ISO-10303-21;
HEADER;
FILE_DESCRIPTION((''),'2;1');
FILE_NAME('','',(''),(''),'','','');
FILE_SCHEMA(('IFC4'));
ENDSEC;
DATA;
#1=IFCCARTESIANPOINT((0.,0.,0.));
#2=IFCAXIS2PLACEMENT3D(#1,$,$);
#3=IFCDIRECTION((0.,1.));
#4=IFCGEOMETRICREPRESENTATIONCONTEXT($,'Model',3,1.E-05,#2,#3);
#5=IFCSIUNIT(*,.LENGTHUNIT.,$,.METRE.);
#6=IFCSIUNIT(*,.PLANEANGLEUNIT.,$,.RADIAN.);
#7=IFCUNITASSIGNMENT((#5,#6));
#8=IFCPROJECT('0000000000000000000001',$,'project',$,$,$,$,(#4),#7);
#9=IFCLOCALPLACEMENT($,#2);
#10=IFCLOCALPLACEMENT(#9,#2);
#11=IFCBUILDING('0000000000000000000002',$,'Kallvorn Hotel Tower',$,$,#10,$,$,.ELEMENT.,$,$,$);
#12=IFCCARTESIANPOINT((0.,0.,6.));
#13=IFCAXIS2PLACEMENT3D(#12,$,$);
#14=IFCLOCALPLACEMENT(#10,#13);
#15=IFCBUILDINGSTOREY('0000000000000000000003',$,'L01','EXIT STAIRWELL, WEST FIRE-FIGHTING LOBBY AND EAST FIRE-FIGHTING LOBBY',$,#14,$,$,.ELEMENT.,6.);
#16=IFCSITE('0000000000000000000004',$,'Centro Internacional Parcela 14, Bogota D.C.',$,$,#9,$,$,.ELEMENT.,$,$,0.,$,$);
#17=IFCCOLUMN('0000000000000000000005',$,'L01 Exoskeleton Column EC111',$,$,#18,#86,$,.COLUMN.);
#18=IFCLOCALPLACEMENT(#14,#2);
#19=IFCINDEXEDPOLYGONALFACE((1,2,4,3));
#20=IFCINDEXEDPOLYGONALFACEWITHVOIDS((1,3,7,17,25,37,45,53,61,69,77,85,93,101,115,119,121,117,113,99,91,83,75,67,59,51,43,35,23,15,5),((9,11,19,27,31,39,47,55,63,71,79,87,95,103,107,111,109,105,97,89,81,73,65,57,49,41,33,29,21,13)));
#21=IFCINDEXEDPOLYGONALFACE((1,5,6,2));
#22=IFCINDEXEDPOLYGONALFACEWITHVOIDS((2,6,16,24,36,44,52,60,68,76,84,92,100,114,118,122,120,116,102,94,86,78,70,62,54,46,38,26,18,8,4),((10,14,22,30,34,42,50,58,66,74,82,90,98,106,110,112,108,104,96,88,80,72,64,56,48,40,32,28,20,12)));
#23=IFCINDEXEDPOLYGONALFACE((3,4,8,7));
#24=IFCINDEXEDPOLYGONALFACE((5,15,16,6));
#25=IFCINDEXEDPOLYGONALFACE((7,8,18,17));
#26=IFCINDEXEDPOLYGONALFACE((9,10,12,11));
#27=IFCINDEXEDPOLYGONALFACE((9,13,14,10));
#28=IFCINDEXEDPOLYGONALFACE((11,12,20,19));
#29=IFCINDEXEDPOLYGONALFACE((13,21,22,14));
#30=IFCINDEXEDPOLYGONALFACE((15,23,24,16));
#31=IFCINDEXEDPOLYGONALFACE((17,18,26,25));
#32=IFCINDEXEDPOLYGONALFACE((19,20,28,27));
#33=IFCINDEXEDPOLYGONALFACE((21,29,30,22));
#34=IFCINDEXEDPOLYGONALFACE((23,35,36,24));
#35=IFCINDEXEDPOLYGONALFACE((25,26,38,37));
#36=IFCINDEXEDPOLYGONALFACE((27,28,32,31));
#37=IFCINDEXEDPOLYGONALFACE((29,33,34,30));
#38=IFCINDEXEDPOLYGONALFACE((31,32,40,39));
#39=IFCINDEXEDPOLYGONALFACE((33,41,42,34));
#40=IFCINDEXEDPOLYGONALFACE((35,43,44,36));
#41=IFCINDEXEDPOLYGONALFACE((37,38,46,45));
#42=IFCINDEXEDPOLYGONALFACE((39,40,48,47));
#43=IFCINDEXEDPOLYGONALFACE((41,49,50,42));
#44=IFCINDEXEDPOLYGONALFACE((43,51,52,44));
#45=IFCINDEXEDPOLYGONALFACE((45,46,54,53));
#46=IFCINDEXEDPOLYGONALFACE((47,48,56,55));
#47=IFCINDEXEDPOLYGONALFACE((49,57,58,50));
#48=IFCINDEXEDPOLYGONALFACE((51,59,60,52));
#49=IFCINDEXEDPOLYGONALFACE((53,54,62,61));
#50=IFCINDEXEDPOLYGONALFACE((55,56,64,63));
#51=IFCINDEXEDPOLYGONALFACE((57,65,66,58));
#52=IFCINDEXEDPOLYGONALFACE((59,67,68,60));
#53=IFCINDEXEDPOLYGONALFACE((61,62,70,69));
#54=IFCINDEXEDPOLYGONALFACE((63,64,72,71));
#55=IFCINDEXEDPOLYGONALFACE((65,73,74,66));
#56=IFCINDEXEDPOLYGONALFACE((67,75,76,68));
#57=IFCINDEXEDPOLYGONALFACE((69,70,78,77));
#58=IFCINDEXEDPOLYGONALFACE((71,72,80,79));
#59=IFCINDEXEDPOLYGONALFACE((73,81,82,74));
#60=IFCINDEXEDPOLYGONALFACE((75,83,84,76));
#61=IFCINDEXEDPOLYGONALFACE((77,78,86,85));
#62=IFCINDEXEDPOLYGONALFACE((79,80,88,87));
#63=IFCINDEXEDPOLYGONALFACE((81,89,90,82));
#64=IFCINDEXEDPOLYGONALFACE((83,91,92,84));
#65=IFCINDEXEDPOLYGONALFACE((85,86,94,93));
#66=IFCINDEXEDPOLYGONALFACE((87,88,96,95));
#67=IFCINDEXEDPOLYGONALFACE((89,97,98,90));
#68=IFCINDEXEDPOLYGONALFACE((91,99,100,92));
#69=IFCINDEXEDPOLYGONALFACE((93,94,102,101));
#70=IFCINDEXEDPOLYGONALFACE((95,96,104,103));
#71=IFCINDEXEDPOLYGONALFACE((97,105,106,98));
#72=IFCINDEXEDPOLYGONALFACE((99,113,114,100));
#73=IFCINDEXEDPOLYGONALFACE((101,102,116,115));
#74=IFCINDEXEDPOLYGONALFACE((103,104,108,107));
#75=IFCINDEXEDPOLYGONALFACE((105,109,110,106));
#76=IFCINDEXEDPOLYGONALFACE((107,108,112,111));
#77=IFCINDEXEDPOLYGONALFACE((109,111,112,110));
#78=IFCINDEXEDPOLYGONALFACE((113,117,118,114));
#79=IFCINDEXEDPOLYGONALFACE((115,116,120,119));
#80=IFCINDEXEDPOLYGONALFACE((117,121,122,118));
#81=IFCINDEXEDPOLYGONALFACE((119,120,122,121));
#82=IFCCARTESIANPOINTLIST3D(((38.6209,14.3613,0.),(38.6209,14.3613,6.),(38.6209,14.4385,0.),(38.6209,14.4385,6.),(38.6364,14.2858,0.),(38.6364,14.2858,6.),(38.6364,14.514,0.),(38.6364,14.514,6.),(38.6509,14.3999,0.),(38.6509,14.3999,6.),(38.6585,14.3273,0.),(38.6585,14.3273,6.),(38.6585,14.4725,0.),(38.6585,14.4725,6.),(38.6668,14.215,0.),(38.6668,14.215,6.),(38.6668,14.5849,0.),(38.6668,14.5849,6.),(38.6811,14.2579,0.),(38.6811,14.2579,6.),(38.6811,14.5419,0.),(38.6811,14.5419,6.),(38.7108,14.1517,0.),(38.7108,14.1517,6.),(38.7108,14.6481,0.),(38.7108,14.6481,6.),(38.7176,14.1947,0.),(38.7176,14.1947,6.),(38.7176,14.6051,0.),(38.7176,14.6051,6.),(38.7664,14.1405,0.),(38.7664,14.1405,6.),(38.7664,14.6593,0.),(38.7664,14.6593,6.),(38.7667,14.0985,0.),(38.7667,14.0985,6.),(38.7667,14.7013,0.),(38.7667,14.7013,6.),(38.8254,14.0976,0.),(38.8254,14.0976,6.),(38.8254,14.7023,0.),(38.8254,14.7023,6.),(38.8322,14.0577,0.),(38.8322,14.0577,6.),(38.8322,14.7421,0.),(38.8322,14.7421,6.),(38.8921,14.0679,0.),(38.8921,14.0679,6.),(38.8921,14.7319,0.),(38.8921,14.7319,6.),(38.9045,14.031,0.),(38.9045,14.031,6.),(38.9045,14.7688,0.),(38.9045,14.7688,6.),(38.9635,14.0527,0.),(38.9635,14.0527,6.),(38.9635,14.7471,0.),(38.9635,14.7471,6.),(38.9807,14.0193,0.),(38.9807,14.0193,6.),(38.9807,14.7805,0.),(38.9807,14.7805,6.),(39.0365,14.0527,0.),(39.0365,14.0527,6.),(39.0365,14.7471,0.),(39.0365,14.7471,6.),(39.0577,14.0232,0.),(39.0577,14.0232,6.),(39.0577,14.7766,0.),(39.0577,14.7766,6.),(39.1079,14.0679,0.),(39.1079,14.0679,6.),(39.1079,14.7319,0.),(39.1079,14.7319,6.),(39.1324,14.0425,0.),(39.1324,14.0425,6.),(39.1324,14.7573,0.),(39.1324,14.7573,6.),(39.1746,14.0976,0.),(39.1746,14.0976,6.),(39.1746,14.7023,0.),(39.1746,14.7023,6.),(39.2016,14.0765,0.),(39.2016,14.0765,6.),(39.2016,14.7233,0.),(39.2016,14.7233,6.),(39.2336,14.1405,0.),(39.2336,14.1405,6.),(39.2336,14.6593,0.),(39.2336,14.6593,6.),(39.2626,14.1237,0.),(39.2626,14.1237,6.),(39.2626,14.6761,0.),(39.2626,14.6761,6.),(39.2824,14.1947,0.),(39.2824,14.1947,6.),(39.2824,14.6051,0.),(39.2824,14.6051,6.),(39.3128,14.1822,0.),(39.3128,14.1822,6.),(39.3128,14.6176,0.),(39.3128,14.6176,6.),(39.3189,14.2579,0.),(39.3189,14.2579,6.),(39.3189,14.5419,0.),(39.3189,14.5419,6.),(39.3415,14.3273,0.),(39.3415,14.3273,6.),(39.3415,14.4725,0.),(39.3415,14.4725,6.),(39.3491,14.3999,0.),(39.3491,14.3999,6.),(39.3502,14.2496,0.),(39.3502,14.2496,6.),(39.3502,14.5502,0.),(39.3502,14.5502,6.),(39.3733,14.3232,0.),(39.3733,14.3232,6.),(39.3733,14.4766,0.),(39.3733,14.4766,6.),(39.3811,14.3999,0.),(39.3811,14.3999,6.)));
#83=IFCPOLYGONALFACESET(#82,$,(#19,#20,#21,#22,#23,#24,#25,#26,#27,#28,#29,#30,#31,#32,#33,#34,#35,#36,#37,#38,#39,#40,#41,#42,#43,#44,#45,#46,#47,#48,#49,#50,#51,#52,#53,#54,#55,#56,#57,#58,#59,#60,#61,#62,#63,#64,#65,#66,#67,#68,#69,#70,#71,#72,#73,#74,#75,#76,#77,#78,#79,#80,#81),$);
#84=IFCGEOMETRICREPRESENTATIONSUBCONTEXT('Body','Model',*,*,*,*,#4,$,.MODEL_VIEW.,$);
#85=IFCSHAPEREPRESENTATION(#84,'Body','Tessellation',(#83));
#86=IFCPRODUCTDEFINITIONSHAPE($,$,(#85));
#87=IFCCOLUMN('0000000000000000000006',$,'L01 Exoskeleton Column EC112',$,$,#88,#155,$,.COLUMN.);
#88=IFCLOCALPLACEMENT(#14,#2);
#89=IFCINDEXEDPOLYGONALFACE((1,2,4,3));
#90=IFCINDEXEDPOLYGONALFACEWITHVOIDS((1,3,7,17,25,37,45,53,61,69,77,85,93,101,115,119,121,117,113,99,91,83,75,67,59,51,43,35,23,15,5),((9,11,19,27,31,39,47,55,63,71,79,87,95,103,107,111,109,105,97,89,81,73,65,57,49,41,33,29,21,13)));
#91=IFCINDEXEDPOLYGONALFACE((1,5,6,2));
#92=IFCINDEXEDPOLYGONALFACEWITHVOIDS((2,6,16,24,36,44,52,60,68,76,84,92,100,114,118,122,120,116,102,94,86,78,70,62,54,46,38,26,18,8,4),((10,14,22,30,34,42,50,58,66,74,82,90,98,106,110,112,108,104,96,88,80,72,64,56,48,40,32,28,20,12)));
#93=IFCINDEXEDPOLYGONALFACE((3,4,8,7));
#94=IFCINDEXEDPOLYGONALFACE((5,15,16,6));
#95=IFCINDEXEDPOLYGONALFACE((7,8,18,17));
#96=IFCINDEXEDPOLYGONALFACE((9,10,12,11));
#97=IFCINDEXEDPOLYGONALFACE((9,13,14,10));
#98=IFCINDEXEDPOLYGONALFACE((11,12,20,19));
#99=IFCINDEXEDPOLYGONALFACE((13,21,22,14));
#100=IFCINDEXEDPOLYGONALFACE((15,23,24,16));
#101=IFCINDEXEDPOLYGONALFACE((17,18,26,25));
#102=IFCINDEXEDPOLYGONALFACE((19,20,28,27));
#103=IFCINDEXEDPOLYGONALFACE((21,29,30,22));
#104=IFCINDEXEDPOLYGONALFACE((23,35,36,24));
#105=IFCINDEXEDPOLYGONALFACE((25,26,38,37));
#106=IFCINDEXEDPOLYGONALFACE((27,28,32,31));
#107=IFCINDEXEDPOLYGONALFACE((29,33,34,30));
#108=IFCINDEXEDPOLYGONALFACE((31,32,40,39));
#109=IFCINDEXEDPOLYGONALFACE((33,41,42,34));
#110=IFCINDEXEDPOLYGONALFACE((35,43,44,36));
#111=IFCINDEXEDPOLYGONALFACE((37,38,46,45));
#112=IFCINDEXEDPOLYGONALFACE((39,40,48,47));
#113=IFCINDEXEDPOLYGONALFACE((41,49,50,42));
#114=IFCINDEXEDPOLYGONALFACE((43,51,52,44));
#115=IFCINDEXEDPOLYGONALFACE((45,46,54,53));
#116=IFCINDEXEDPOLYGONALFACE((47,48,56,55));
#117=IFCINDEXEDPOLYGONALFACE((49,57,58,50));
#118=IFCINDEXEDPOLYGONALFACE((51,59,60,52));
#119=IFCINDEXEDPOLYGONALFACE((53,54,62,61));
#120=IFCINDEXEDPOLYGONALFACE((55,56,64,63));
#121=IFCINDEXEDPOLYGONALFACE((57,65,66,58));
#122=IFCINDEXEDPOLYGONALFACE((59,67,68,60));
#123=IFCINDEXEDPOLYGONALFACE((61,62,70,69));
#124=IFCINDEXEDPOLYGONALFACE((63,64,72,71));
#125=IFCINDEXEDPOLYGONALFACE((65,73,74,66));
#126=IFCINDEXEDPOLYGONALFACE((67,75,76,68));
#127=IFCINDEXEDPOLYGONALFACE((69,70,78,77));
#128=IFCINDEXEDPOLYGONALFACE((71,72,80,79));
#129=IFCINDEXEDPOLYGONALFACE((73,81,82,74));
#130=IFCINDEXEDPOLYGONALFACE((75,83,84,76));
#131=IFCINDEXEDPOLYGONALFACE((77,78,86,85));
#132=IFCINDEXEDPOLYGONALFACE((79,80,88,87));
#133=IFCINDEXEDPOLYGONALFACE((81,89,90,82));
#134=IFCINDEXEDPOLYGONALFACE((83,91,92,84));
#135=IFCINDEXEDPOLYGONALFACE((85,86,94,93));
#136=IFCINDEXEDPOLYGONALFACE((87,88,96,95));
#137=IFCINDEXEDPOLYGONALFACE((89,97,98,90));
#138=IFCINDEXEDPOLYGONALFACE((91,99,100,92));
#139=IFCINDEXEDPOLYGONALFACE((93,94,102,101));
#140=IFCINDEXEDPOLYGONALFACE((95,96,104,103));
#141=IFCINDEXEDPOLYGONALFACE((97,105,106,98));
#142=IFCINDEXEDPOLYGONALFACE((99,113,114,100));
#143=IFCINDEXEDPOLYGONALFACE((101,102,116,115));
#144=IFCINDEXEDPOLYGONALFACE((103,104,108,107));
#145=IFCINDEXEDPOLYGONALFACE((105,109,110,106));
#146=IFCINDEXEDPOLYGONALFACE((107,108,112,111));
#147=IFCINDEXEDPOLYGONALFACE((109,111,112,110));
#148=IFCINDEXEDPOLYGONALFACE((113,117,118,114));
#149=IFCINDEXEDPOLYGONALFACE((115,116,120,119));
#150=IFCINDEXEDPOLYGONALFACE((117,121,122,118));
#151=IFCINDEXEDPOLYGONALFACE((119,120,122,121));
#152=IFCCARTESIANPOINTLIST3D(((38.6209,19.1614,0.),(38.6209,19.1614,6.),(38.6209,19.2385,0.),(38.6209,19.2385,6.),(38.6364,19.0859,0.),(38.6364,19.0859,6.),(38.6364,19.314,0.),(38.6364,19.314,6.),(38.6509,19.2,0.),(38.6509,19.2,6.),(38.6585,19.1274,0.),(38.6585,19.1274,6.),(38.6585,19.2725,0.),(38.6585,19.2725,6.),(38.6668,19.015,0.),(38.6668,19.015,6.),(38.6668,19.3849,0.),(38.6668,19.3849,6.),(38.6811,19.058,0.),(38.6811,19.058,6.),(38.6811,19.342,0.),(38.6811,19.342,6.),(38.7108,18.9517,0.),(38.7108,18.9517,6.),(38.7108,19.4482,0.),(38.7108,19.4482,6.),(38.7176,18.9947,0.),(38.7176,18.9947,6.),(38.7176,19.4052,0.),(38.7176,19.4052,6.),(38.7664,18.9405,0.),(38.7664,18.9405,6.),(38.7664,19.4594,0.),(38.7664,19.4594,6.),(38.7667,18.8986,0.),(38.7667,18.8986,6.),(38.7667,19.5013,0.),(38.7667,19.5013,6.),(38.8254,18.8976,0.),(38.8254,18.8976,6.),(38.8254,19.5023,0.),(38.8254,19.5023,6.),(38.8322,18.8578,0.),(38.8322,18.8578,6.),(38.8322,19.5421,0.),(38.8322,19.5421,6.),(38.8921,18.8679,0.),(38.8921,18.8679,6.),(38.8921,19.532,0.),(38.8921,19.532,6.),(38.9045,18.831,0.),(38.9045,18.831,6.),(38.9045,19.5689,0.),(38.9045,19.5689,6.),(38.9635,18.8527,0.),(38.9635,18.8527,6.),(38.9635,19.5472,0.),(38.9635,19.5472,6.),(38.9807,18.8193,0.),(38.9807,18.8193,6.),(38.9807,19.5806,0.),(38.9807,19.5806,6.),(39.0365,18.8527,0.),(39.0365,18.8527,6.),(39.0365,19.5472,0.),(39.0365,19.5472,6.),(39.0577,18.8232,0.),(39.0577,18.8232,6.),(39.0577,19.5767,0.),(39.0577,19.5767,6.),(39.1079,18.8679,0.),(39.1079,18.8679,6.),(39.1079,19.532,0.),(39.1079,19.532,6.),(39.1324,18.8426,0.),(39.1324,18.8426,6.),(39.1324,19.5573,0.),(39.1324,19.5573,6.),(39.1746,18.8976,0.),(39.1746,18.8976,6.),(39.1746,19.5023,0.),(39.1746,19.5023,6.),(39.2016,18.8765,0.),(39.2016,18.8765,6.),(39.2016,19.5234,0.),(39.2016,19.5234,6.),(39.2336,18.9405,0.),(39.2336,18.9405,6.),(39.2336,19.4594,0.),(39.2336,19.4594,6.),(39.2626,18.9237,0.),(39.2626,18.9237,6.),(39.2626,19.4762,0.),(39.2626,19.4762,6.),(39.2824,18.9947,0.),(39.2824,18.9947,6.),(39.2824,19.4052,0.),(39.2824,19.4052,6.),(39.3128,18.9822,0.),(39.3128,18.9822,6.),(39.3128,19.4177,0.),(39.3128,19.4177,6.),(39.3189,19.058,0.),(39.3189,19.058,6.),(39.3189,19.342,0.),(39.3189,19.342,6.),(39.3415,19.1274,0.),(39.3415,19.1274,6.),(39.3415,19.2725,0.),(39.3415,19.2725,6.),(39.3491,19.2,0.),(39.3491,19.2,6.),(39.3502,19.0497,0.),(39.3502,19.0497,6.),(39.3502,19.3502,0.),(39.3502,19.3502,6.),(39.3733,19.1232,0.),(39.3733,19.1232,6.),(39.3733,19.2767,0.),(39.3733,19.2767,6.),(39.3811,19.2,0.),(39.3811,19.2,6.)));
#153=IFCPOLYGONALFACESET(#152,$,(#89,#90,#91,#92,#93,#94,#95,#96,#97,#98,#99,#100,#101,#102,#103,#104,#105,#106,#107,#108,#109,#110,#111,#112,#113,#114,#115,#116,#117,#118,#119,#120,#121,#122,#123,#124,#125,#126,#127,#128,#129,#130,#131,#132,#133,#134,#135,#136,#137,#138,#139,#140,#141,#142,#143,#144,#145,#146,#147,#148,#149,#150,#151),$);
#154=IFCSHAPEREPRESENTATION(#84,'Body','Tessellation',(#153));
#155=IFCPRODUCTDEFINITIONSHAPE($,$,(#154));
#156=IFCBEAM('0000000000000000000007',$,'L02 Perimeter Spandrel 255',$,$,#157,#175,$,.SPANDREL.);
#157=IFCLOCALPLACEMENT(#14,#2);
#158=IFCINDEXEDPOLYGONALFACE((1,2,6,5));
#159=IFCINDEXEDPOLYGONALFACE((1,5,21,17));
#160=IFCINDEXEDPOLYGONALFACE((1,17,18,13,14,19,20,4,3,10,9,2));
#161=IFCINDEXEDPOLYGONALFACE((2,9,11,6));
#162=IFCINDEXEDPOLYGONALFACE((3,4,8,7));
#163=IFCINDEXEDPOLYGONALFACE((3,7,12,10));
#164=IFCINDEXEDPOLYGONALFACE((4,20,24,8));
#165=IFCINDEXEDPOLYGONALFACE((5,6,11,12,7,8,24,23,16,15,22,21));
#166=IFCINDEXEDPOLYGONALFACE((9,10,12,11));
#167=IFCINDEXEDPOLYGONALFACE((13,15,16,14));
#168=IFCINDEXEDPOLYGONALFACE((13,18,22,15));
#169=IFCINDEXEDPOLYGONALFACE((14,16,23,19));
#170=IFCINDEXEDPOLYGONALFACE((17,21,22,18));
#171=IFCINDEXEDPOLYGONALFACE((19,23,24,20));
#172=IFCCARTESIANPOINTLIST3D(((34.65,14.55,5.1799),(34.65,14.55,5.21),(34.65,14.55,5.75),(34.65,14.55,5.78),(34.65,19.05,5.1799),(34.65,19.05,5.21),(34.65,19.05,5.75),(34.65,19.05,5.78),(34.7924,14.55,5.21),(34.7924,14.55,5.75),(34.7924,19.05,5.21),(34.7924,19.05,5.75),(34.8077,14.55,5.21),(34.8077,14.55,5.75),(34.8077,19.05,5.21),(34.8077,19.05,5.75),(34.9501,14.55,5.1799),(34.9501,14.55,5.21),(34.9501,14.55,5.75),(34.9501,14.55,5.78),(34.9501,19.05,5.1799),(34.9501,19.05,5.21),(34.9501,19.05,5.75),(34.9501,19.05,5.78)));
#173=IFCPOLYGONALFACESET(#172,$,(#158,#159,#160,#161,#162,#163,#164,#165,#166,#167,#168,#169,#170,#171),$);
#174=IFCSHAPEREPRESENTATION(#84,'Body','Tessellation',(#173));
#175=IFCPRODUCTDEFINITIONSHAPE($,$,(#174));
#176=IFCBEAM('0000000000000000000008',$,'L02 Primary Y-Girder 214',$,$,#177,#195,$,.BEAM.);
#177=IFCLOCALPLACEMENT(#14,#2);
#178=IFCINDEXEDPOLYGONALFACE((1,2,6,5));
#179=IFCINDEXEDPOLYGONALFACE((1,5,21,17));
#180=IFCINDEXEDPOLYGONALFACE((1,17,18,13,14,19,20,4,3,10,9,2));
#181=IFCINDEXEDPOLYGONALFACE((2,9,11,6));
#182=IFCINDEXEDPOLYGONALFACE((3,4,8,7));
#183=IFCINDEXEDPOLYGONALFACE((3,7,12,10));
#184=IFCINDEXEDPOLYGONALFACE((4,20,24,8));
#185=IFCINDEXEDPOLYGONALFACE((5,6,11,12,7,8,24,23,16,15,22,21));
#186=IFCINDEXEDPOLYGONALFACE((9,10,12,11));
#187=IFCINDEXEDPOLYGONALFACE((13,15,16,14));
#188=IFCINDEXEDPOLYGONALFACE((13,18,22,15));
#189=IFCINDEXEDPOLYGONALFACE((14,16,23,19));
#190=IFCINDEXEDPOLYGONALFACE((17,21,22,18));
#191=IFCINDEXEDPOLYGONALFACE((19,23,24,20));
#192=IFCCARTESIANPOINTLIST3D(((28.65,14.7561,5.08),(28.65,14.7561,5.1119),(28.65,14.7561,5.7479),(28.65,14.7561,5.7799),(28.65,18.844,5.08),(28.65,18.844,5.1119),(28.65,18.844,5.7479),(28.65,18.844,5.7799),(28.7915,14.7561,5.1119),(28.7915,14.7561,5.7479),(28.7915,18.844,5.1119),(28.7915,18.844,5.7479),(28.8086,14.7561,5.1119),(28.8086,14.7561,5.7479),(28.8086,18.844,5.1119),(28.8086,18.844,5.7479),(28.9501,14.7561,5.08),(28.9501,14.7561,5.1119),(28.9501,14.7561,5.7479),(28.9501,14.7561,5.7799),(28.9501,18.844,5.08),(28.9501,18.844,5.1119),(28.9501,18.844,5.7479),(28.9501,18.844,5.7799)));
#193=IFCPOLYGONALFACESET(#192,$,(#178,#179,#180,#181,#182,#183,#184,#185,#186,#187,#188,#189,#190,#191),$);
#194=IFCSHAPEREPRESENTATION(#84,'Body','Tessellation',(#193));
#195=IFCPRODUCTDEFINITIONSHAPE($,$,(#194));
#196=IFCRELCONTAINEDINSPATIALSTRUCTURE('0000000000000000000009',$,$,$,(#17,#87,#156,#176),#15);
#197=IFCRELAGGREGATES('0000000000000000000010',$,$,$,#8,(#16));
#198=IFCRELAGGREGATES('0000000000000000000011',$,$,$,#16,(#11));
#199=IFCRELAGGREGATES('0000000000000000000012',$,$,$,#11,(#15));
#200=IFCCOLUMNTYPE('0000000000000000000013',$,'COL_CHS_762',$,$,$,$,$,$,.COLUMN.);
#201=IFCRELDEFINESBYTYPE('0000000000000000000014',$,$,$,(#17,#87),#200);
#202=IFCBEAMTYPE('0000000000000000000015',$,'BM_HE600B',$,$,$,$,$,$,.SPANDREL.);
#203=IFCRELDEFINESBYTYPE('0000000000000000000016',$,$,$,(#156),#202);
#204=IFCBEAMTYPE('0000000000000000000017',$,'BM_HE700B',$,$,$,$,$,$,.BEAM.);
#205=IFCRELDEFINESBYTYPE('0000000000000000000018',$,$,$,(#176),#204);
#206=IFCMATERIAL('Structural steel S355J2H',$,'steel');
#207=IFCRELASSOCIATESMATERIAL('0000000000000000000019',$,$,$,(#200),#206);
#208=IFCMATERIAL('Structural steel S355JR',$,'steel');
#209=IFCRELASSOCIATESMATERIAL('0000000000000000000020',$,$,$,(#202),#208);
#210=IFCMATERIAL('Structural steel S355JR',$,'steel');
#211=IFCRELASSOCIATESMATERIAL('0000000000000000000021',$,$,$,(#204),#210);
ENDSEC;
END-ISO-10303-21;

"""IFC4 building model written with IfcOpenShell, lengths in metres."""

from ifc_helpers import new_model, si_unit, direction, frame, origin, origin_2d, place, context, subcontext, project, spatial, hollow_circle, i_section, extrude, material, material_profile, profile_set, type_object, element, save


model = new_model("IFC4")

# Units and contexts
model_context = context("Model", 3, precision=1e-05, world=origin(), true_north=direction((0.0, 1.0)))
body_context = subcontext(model_context, "Body", "Model", "MODEL_VIEW")
ifc_project = project(units=[si_unit("LENGTHUNIT", "METRE"), si_unit("PLANEANGLEUNIT", "RADIAN")], contexts=[model_context])

# Site, building, storey
site_placement = place(None, origin())
site = spatial("IfcSite", under=ifc_project, at=site_placement, Name="Centro Internacional Parcela 14, Bogota D.C.", CompositionType="ELEMENT", RefElevation=0.0)
building_placement = place(site_placement, origin())
building = spatial("IfcBuilding", under=site, at=building_placement, Name="Kallvorn Hotel Tower", CompositionType="ELEMENT")
storey_placement = place(building_placement, frame((0.0, 0.0, 6.0)))
storey = spatial("IfcBuildingStorey", under=building, at=storey_placement, Name="L01", Description="EXIT STAIRWELL, WEST FIRE-FIGHTING LOBBY AND EAST FIRE-FIGHTING LOBBY", CompositionType="ELEMENT", Elevation=6.0)

# Columns
ifc_material_1 = material(Name="Structural steel S355J2H", Category="steel")
ifc_material_profile_1 = material_profile(ifc_material_1, hollow_circle(Radius=0.3811, WallThickness=0.032, at=origin_2d()), Name="CHS 762x32")
ifc_profile_set_1 = profile_set([ifc_material_profile_1], Name="Structural steel S355J2H")
column_type = type_object("IfcColumnType", Name="COL_CHS_762", PredefinedType="COLUMN", material=ifc_profile_set_1)
for number, where, z_axis, x_axis, name in (
    (1, (39.0, 14.3999, 0.0), (0.0, 0.0, 1.0), (1.0, 0.0, 0.0), "L01 Exoskeleton Column EC111"),
    (2, (39.0, 19.2, 0.0), (0.0, 0.0, 1.0), (1.0, 0.0, 0.0), "L01 Exoskeleton Column EC112"),
):
    element("IfcColumn", number, at=place(storey_placement, frame(where, z_axis=z_axis, x_axis=x_axis)), inside=storey, type_object=column_type, Name=name, PredefinedType="COLUMN", context=body_context, shape_type="SweptSolid", body=[
        extrude(hollow_circle(Radius=0.3811, WallThickness=0.032, at=origin_2d()), origin(), (0.0, 0.0, 1.0), 6.0),
    ])

# Beams
ifc_material_2 = material(Name="Structural steel S355JR", Category="steel")
ifc_material_profile_2 = material_profile(ifc_material_2, i_section(OverallWidth=0.3, OverallDepth=0.6001, WebThickness=0.0154, FlangeThickness=0.03, at=origin_2d()), Name="HE 600 B")
ifc_profile_set_2 = profile_set([ifc_material_profile_2], Name="Structural steel S355JR")
beam_type_1 = type_object("IfcBeamType", Name="BM_HE600B", PredefinedType="SPANDREL", material=ifc_profile_set_2)
beam_1_placement = place(storey_placement, frame((34.8, 14.55, 5.48), z_axis=(0.0, 1.0, 0.0), x_axis=(-1.0, 0.0, 0.0)))
element("IfcBeam", 3, at=beam_1_placement, inside=storey, type_object=beam_type_1, Name="L02 Perimeter Spandrel 255", PredefinedType="SPANDREL", context=body_context, shape_type="SweptSolid", body=[
    extrude(i_section(OverallWidth=0.3, OverallDepth=0.6001, WebThickness=0.0154, FlangeThickness=0.03, at=origin_2d()), origin(), (0.0, 0.0, 1.0), 4.5),
])
ifc_material_3 = material(Name="Structural steel S355JR", Category="steel")
ifc_material_profile_3 = material_profile(ifc_material_3, i_section(OverallWidth=0.3, OverallDepth=0.7, WebThickness=0.0171, FlangeThickness=0.032, at=origin_2d()), Name="HE 700 B")
ifc_profile_set_3 = profile_set([ifc_material_profile_3], Name="Structural steel S355JR")
beam_type_2 = type_object("IfcBeamType", Name="BM_HE700B", PredefinedType="BEAM", material=ifc_profile_set_3)
beam_2_placement = place(storey_placement, frame((28.8, 14.7561, 5.4299), z_axis=(0.0, 1.0, 0.0), x_axis=(-1.0, 0.0, 0.0)))
element("IfcBeam", 4, at=beam_2_placement, inside=storey, type_object=beam_type_2, Name="L02 Primary Y-Girder 214", PredefinedType="BEAM", context=body_context, shape_type="SweptSolid", body=[
    extrude(i_section(OverallWidth=0.3, OverallDepth=0.7, WebThickness=0.0171, FlangeThickness=0.032, at=origin_2d()), origin(), (0.0, 0.0, 1.0), 4.0879),
])

save(model, "model.ifc")
